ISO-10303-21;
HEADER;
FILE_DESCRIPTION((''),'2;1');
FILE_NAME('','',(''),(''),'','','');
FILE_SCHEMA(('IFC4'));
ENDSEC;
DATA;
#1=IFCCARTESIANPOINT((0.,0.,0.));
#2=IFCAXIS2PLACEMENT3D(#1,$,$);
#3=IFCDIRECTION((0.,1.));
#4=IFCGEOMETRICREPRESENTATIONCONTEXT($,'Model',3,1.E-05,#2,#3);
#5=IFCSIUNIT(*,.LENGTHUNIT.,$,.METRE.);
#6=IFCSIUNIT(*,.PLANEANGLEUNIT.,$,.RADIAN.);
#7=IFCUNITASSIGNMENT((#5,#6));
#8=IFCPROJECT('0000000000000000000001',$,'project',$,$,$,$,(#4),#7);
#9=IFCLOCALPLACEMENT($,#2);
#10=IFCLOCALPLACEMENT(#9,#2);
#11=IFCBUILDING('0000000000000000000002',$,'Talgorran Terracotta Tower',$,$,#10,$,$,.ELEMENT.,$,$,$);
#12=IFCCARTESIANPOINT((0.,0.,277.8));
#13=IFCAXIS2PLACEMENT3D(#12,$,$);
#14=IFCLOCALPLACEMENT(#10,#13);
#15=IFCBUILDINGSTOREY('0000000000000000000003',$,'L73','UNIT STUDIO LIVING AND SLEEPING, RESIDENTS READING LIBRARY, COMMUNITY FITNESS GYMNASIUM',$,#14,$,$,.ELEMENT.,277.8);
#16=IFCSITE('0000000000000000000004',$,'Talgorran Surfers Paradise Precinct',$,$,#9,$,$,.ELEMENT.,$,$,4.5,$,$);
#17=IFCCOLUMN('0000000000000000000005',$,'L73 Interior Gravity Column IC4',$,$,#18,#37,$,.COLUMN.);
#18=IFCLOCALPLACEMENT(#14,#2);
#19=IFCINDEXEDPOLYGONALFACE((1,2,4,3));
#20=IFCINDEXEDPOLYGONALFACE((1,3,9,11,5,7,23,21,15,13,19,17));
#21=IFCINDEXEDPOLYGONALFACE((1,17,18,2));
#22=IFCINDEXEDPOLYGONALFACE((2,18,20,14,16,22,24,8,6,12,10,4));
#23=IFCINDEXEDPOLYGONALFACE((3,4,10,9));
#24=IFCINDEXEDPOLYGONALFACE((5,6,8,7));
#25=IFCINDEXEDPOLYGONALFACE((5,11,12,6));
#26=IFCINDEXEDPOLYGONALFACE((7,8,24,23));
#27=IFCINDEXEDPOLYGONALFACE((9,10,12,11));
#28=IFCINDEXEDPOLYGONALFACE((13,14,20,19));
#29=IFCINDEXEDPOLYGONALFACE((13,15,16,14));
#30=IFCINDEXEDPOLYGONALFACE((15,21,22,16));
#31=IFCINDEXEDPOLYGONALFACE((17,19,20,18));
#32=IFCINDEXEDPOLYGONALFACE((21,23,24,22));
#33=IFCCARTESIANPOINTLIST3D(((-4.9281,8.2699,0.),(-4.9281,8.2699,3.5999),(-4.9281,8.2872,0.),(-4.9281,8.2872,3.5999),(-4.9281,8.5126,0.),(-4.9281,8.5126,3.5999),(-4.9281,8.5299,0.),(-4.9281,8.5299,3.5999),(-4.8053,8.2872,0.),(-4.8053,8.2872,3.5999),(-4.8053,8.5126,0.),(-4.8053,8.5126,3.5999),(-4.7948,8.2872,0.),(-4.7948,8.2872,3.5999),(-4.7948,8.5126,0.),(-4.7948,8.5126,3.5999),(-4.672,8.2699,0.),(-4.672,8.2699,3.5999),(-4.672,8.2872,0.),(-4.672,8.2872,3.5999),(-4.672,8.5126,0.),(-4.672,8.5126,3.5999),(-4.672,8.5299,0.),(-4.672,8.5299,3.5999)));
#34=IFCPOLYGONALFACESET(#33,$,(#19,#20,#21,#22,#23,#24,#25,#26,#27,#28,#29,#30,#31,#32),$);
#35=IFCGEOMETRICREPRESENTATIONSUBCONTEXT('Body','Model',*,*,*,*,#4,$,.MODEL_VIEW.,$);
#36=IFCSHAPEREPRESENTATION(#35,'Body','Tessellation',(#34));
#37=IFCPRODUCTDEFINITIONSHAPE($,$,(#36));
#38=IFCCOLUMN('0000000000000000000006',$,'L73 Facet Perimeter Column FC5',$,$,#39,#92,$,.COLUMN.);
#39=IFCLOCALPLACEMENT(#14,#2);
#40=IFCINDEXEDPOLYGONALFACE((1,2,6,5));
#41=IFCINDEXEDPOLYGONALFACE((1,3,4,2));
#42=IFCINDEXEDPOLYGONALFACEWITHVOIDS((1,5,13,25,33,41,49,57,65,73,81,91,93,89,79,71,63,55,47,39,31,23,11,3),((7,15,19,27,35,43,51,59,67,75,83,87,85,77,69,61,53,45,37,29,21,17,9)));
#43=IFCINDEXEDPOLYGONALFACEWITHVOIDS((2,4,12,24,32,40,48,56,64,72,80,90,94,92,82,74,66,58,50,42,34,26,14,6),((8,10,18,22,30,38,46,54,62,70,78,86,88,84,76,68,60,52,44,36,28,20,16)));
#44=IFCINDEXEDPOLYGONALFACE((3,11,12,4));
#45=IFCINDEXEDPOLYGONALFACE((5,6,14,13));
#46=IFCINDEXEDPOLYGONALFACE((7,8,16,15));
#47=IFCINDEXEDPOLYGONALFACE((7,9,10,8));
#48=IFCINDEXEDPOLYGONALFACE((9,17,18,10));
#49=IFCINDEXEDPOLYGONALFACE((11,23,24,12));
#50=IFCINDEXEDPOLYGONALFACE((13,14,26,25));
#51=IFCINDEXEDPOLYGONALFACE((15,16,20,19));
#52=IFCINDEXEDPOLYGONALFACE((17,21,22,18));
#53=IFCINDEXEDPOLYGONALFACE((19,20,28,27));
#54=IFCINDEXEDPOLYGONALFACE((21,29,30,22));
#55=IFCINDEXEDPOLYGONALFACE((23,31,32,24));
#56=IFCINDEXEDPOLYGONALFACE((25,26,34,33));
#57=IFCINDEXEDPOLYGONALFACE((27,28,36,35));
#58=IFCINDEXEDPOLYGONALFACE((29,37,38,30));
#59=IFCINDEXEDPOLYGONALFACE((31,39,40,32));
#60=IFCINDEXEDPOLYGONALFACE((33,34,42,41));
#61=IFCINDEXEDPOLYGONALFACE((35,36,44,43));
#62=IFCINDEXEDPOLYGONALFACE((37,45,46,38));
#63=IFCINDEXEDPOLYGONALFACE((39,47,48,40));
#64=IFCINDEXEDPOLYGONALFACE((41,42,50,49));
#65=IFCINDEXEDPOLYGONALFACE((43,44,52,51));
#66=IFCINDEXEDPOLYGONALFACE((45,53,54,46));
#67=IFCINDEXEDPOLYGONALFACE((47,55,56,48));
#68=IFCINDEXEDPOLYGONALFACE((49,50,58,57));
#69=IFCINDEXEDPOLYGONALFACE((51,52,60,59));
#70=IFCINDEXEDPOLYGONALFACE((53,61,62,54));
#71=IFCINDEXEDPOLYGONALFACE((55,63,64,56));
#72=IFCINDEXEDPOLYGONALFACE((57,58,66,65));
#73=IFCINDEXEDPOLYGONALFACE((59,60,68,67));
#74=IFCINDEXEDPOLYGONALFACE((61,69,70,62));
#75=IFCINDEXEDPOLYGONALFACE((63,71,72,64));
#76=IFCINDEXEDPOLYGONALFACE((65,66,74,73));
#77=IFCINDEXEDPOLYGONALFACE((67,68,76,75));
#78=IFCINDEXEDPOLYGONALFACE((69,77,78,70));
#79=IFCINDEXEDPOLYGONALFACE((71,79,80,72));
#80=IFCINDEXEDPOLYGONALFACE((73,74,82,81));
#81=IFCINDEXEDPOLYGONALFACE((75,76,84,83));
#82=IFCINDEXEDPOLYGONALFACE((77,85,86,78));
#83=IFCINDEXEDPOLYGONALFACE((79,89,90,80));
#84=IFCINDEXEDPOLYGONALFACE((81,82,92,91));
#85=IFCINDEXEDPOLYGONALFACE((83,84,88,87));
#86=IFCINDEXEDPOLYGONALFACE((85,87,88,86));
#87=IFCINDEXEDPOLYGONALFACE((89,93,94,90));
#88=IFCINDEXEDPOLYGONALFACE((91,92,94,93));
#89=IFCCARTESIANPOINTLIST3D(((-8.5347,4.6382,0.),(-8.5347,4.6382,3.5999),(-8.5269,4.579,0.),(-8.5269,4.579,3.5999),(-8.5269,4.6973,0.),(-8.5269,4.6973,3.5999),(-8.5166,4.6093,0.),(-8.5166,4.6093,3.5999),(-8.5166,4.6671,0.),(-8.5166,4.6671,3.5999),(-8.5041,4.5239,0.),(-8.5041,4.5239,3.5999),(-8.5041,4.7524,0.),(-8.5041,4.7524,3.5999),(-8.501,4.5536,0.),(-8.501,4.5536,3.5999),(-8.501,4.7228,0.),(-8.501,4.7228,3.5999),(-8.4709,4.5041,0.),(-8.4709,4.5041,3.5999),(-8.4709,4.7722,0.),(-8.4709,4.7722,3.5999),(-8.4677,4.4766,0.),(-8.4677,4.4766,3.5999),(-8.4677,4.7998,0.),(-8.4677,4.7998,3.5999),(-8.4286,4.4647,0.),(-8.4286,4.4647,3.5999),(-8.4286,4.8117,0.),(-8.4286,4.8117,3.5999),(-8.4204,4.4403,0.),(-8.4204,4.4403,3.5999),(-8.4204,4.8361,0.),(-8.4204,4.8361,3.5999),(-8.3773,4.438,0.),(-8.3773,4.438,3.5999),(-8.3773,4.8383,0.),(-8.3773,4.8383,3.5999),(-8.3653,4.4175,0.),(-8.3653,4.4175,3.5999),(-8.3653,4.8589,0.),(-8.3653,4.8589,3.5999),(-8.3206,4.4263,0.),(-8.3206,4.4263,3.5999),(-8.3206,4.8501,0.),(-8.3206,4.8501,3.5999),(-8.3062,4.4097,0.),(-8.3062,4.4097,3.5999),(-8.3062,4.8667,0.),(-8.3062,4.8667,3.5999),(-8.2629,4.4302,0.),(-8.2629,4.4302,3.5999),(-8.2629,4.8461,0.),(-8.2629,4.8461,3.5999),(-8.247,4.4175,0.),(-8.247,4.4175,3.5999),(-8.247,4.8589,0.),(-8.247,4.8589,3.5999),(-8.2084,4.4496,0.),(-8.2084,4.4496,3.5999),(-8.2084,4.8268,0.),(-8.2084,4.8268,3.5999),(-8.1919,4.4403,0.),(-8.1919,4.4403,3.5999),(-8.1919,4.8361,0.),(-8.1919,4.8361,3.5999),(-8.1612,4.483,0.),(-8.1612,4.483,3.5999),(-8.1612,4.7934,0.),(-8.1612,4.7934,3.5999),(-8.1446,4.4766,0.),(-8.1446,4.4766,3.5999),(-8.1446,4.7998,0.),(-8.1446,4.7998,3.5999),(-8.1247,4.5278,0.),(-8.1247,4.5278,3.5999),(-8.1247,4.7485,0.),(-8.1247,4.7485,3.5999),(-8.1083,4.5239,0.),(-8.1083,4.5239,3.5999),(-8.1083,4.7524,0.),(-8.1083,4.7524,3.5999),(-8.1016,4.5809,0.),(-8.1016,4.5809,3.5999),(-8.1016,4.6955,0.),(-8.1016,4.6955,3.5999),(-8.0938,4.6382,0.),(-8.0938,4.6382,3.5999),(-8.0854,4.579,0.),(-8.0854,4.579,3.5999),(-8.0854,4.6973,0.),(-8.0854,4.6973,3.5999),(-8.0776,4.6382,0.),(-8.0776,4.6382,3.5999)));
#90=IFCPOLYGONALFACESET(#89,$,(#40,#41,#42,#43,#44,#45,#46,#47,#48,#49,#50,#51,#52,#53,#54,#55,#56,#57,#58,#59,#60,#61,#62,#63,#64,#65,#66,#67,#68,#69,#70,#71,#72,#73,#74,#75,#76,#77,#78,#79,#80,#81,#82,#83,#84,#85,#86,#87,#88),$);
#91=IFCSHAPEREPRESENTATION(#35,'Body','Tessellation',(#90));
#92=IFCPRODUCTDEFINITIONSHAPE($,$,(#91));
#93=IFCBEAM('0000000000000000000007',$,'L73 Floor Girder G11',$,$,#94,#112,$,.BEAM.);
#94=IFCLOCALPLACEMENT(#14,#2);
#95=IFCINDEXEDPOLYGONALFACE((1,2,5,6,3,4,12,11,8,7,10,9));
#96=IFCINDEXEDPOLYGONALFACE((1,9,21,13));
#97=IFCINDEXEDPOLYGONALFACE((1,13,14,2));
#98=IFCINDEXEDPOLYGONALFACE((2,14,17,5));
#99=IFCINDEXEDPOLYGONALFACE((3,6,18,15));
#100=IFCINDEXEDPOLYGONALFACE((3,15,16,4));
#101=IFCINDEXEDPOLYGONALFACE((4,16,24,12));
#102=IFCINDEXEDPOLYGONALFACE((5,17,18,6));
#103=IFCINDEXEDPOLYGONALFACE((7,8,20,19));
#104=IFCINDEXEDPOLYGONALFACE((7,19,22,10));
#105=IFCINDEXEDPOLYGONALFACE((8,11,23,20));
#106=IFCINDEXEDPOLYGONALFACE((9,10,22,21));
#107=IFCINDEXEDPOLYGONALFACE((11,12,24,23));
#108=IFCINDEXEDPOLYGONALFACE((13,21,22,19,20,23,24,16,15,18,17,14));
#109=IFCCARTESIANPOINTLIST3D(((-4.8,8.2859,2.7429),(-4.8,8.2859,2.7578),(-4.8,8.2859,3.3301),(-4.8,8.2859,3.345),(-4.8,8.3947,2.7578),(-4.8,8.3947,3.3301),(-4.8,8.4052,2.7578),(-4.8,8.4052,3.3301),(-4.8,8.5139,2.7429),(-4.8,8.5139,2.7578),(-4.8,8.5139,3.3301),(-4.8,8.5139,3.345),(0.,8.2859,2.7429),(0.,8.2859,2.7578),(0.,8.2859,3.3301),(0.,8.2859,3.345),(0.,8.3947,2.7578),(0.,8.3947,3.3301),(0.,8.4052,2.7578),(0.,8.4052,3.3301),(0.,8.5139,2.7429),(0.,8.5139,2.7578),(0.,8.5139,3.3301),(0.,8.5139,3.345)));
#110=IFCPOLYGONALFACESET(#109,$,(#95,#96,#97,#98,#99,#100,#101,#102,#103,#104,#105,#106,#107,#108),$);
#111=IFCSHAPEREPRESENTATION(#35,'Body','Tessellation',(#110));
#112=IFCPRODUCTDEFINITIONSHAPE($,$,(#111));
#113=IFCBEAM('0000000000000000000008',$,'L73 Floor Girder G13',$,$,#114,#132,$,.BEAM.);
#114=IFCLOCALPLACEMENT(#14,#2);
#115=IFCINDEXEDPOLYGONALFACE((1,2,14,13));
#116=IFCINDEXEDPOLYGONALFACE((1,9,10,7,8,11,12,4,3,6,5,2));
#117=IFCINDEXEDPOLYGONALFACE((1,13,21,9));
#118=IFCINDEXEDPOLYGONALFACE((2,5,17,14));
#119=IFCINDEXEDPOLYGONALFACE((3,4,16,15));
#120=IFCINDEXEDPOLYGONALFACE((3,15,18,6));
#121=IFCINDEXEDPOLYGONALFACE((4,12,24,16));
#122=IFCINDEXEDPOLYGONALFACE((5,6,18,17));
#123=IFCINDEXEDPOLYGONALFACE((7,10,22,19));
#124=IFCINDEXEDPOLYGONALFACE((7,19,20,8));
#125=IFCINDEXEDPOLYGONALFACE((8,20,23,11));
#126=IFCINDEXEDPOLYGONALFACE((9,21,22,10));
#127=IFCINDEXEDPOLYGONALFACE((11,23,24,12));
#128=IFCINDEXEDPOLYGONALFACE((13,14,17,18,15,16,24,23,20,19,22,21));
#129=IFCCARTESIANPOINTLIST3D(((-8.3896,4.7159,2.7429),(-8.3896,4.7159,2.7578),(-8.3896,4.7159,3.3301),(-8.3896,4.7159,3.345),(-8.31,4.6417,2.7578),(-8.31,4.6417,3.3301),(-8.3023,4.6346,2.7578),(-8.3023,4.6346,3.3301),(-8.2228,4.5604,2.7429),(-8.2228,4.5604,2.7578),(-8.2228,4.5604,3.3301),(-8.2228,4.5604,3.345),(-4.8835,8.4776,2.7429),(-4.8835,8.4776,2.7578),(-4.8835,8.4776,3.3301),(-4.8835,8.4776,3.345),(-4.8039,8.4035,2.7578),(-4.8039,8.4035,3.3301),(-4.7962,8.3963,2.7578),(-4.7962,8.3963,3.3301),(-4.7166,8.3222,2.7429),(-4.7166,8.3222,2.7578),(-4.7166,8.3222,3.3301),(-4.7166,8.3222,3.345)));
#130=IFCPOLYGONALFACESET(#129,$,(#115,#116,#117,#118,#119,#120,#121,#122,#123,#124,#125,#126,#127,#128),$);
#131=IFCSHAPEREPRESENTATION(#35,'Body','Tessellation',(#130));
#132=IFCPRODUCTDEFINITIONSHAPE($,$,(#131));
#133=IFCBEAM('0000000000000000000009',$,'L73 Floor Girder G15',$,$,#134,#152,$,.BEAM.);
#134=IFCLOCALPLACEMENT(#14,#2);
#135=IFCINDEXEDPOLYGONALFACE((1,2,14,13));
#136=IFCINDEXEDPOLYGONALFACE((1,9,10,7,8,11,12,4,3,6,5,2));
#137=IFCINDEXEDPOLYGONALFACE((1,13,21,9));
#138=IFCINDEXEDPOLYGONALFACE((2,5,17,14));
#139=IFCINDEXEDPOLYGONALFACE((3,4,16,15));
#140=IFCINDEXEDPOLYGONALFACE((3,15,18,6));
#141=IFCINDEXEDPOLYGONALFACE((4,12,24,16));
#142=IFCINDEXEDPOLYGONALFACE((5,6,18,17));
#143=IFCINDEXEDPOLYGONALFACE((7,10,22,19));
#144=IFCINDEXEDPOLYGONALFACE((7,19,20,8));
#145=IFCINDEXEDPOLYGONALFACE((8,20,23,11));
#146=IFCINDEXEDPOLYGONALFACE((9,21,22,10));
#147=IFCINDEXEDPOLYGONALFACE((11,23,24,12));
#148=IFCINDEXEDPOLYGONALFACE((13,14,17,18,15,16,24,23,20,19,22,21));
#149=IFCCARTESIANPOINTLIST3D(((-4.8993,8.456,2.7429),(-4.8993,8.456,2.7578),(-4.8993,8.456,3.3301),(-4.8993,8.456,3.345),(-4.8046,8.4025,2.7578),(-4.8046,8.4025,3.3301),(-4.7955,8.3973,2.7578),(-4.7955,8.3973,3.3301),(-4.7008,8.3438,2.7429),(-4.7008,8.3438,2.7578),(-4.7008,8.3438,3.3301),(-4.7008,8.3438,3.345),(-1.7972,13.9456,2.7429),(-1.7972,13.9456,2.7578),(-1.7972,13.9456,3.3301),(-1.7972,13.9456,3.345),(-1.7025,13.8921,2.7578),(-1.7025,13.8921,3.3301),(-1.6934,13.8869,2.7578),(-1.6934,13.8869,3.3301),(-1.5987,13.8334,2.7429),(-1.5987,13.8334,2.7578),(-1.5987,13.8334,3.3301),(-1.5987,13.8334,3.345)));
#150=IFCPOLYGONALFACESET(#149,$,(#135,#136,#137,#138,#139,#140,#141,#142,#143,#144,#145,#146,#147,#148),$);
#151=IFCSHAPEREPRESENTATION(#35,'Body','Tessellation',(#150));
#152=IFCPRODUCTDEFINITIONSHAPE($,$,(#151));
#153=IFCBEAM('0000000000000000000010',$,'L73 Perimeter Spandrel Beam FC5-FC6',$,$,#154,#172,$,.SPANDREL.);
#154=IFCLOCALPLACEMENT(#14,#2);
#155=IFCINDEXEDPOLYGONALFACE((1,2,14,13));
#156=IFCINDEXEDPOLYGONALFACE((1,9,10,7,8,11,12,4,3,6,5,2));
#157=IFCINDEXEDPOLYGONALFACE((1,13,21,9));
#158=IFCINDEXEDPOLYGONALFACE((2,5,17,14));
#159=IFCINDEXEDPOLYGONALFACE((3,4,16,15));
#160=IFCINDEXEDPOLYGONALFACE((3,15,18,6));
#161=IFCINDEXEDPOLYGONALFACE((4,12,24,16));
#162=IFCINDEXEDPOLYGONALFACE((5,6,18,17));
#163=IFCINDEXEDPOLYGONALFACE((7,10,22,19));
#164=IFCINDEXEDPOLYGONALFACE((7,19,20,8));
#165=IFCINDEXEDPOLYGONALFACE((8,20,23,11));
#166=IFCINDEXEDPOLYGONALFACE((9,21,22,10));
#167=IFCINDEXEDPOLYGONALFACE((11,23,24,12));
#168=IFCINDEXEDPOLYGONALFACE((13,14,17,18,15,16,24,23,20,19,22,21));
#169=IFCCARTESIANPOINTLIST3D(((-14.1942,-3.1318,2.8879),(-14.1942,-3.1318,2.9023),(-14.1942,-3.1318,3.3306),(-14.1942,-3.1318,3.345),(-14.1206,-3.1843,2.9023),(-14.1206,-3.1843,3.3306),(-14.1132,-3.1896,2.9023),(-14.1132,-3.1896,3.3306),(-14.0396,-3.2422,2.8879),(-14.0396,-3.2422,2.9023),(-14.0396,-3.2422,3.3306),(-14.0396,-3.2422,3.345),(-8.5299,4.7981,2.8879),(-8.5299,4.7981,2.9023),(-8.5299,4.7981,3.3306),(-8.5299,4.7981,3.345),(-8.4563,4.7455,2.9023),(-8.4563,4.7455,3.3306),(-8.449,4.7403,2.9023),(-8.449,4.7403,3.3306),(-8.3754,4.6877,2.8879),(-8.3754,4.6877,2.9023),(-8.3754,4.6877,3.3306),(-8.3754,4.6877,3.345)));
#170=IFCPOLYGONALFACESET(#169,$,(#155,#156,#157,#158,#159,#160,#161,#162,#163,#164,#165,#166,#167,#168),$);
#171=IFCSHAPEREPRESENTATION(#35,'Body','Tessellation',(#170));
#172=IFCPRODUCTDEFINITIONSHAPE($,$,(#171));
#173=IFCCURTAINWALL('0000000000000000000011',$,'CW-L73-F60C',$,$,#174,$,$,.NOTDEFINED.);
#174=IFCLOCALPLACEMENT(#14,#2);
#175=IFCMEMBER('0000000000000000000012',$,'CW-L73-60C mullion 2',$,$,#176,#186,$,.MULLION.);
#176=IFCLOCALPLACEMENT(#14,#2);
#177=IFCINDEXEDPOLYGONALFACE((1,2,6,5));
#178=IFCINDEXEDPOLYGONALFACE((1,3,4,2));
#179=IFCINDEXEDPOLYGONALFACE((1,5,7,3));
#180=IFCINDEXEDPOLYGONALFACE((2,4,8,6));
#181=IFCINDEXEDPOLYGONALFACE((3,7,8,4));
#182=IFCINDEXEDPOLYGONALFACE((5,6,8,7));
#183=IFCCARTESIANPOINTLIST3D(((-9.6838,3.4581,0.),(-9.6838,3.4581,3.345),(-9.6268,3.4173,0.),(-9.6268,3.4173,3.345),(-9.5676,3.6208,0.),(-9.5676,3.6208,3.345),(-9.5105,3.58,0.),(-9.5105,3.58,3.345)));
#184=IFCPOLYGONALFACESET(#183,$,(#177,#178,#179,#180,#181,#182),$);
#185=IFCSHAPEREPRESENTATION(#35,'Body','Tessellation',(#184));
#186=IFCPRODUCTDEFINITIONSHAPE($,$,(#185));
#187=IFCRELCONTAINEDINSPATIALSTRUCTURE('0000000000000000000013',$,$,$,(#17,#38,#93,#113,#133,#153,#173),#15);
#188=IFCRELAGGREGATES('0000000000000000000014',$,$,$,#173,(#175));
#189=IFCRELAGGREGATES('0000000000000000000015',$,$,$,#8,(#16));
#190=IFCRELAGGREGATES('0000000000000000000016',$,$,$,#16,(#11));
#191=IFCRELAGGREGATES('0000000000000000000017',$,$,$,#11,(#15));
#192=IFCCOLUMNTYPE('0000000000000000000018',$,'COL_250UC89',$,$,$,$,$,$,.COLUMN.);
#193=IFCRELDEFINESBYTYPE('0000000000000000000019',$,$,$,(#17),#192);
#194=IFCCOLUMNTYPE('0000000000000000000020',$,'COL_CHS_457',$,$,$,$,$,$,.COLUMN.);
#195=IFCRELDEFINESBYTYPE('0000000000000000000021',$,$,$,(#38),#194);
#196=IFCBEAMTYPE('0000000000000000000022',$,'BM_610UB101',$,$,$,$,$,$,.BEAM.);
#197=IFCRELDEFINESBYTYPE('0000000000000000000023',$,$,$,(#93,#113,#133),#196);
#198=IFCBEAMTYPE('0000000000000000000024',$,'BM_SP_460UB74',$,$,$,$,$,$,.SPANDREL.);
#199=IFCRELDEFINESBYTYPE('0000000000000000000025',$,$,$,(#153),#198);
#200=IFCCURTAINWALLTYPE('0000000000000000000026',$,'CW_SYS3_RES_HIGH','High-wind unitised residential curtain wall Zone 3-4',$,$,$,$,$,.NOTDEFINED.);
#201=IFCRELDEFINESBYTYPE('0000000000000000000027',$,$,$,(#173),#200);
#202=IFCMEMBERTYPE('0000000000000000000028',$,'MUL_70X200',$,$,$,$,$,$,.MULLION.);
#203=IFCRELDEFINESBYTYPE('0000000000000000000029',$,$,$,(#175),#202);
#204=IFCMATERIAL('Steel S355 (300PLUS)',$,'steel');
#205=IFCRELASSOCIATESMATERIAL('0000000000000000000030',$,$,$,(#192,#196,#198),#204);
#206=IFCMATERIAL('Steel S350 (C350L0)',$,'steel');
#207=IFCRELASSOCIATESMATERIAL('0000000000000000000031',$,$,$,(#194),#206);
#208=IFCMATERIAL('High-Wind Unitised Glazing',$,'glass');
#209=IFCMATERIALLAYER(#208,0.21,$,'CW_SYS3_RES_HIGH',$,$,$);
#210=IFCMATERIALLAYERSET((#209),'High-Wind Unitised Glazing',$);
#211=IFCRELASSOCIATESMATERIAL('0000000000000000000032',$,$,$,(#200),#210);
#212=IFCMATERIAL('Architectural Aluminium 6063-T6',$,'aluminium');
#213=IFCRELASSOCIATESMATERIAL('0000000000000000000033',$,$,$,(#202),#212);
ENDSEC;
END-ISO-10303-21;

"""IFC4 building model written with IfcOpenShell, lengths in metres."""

from ifc_helpers import new_model, si_unit, direction, frame, origin, origin_2d, place, context, subcontext, project, spatial, rectangle, hollow_circle, i_section, extrude, material, layer, layer_set, material_profile, profile_set, type_object, element, aggregate, save


model = new_model("IFC4")

# Units and contexts
model_context = context("Model", 3, precision=1e-05, world=origin(), true_north=direction((0.0, 1.0)))
body_context = subcontext(model_context, "Body", "Model", "MODEL_VIEW")
ifc_project = project(units=[si_unit("LENGTHUNIT", "METRE"), si_unit("PLANEANGLEUNIT", "RADIAN")], contexts=[model_context])

# Site, building, storey
site_placement = place(None, origin())
site = spatial("IfcSite", under=ifc_project, at=site_placement, Name="Talgorran Surfers Paradise Precinct", CompositionType="ELEMENT", RefElevation=4.5)
building_placement = place(site_placement, origin())
building = spatial("IfcBuilding", under=site, at=building_placement, Name="Talgorran Terracotta Tower", CompositionType="ELEMENT")
storey_placement = place(building_placement, frame((0.0, 0.0, 277.8)))
storey = spatial("IfcBuildingStorey", under=building, at=storey_placement, Name="L73", Description="UNIT STUDIO LIVING AND SLEEPING, RESIDENTS READING LIBRARY, COMMUNITY FITNESS GYMNASIUM", CompositionType="ELEMENT", Elevation=277.8)

# Columns
ifc_material_1 = material(Name="Steel S355 (300PLUS)", Category="steel")
ifc_material_profile_1 = material_profile(ifc_material_1, i_section(OverallWidth=0.2561, OverallDepth=0.26, WebThickness=0.0105, FlangeThickness=0.0173, at=origin_2d()), Name="250UC89.5")
ifc_profile_set_1 = profile_set([ifc_material_profile_1], Name="Steel S355 (300PLUS)")
column_type_1 = type_object("IfcColumnType", Name="COL_250UC89", PredefinedType="COLUMN", material=ifc_profile_set_1)
column_1_placement = place(storey_placement, frame((-4.8, 8.3999, 0.0), z_axis=(0.0, 0.0, 1.0), x_axis=(1.0, 0.0, 0.0)))
element("IfcColumn", 1, at=column_1_placement, inside=storey, type_object=column_type_1, Name="L73 Interior Gravity Column IC4", PredefinedType="COLUMN", context=body_context, shape_type="SweptSolid", body=[
    extrude(i_section(OverallWidth=0.2561, OverallDepth=0.26, WebThickness=0.0105, FlangeThickness=0.0173, at=origin_2d()), origin(), (0.0, 0.0, 1.0), 3.5999),
])
ifc_material_2 = material(Name="Steel S350 (C350L0)", Category="steel")
ifc_material_profile_2 = material_profile(ifc_material_2, hollow_circle(Radius=0.2285, WallThickness=0.0161, at=origin_2d()), Name="CHS457X16")
ifc_profile_set_2 = profile_set([ifc_material_profile_2], Name="Steel S350 (C350L0)")
column_type_2 = type_object("IfcColumnType", Name="COL_CHS_457", PredefinedType="COLUMN", material=ifc_profile_set_2)
column_2_placement = place(storey_placement, frame((-8.3062, 4.6382, 0.0), z_axis=(0.0, 0.0, 1.0), x_axis=(1.0, 0.0, 0.0)))
element("IfcColumn", 2, at=column_2_placement, inside=storey, type_object=column_type_2, Name="L73 Facet Perimeter Column FC5", PredefinedType="COLUMN", context=body_context, shape_type="SweptSolid", body=[
    extrude(hollow_circle(Radius=0.2285, WallThickness=0.0161, at=origin_2d()), origin(), (0.0, 0.0, 1.0), 3.5999),
])

# Beams
ifc_material_profile_3 = material_profile(ifc_material_1, i_section(OverallWidth=0.228, OverallDepth=0.6021, WebThickness=0.0105, FlangeThickness=0.0149, at=origin_2d()), Name="610UB101")
ifc_profile_set_3 = profile_set([ifc_material_profile_3], Name="Steel S355 (300PLUS)")
beam_type_1 = type_object("IfcBeamType", Name="BM_610UB101", PredefinedType="BEAM", material=ifc_profile_set_3)
beam_1_placement = place(storey_placement, frame((-4.8, 8.3999, 3.0439), z_axis=(1.0, 0.0, 0.0), x_axis=(0.0, 1.0, 0.0)))
element("IfcBeam", 3, at=beam_1_placement, inside=storey, type_object=beam_type_1, Name="L73 Floor Girder G11", PredefinedType="BEAM", context=body_context, shape_type="SweptSolid", body=[
    extrude(i_section(OverallWidth=0.228, OverallDepth=0.6021, WebThickness=0.0105, FlangeThickness=0.0149, at=origin_2d()), origin(), (0.0, 0.0, 1.0), 4.8),
])
beam_2_placement = place(storey_placement, frame((-4.8, 8.3999, 3.0439), z_axis=(-0.681816, -0.731524, 0.0), x_axis=(0.731524, -0.681816, 0.0)))
element("IfcBeam", 4, at=beam_2_placement, inside=storey, type_object=beam_type_1, Name="L73 Floor Girder G13", PredefinedType="BEAM", context=body_context, shape_type="SweptSolid", body=[
    extrude(i_section(OverallWidth=0.228, OverallDepth=0.6021, WebThickness=0.0105, FlangeThickness=0.0149, at=origin_2d()), origin(), (0.0, 0.0, 1.0), 5.1423),
])
beam_3_placement = place(storey_placement, frame((-4.8, 8.3999, 3.0439), z_axis=(0.491972, 0.870611, 0.0), x_axis=(-0.870611, 0.491972, 0.0)))
element("IfcBeam", 5, at=beam_3_placement, inside=storey, type_object=beam_type_1, Name="L73 Floor Girder G15", PredefinedType="BEAM", context=body_context, shape_type="SweptSolid", body=[
    extrude(i_section(OverallWidth=0.228, OverallDepth=0.6021, WebThickness=0.0105, FlangeThickness=0.0149, at=origin_2d()), origin(), (0.0, 0.0, 1.0), 6.3054),
])
ifc_material_profile_4 = material_profile(ifc_material_1, i_section(OverallWidth=0.1899, OverallDepth=0.457, WebThickness=0.009, FlangeThickness=0.0144, at=origin_2d()), Name="460UB74.6")
ifc_profile_set_4 = profile_set([ifc_material_profile_4], Name="Steel S355 (300PLUS)")
beam_type_2 = type_object("IfcBeamType", Name="BM_SP_460UB74", PredefinedType="SPANDREL", material=ifc_profile_set_4)
beam_4_placement = place(storey_placement, frame((-8.4526, 4.7429, 3.1165), z_axis=(-0.581243, -0.81373, 0.0), x_axis=(0.81373, -0.581243, 0.0)))
element("IfcBeam", 6, at=beam_4_placement, inside=storey, type_object=beam_type_2, Name="L73 Perimeter Spandrel Beam FC5-FC6", PredefinedType="SPANDREL", context=body_context, shape_type="SweptSolid", body=[
    extrude(i_section(OverallWidth=0.1899, OverallDepth=0.457, WebThickness=0.009, FlangeThickness=0.0144, at=origin_2d()), origin(), (0.0, 0.0, 1.0), 9.7451),
])

# Curtain wall, member
ifc_material_3 = material(Name="High-Wind Unitised Glazing", Category="glass")
ifc_layer_1 = layer(ifc_material_3, 0.21, Name="CW_SYS3_RES_HIGH")
ifc_layer_set_1 = layer_set([ifc_layer_1], Name="High-Wind Unitised Glazing")
curtain_wall_type = type_object("IfcCurtainWallType", Name="CW_SYS3_RES_HIGH", Description="High-wind unitised residential curtain wall Zone 3-4", PredefinedType="NOTDEFINED", material=ifc_layer_set_1)
curtain_wall_placement = place(storey_placement, origin())
curtain_wall = element("IfcCurtainWall", 7, at=curtain_wall_placement, inside=storey, type_object=curtain_wall_type, Name="CW-L73-F60C", PredefinedType="NOTDEFINED")
ifc_material_4 = material(Name="Architectural Aluminium 6063-T6", Category="aluminium")
ifc_material_profile_5 = material_profile(ifc_material_4, rectangle(XDim=0.0701, YDim=0.2, at=origin_2d()), Name="CWM70X200")
ifc_profile_set_5 = profile_set([ifc_material_profile_5], Name="Architectural Aluminium 6063-T6")
member_type = type_object("IfcMemberType", Name="MUL_70X200", PredefinedType="MULLION", material=ifc_profile_set_5)
member_placement = place(storey_placement, frame((-9.5972, 3.519, 0.0), z_axis=(0.0, 0.0, 1.0), x_axis=(0.813731, -0.581241, 0.0)))
member = element("IfcMember", 8, at=member_placement, type_object=member_type, Name="CW-L73-60C mullion 2", PredefinedType="MULLION", context=body_context, shape_type="SweptSolid", body=[
    extrude(rectangle(XDim=0.0701, YDim=0.2, at=origin_2d()), origin(), (0.0, 0.0, 1.0), 3.345),
])
aggregate(curtain_wall, [member])

save(model, "model.ifc")
